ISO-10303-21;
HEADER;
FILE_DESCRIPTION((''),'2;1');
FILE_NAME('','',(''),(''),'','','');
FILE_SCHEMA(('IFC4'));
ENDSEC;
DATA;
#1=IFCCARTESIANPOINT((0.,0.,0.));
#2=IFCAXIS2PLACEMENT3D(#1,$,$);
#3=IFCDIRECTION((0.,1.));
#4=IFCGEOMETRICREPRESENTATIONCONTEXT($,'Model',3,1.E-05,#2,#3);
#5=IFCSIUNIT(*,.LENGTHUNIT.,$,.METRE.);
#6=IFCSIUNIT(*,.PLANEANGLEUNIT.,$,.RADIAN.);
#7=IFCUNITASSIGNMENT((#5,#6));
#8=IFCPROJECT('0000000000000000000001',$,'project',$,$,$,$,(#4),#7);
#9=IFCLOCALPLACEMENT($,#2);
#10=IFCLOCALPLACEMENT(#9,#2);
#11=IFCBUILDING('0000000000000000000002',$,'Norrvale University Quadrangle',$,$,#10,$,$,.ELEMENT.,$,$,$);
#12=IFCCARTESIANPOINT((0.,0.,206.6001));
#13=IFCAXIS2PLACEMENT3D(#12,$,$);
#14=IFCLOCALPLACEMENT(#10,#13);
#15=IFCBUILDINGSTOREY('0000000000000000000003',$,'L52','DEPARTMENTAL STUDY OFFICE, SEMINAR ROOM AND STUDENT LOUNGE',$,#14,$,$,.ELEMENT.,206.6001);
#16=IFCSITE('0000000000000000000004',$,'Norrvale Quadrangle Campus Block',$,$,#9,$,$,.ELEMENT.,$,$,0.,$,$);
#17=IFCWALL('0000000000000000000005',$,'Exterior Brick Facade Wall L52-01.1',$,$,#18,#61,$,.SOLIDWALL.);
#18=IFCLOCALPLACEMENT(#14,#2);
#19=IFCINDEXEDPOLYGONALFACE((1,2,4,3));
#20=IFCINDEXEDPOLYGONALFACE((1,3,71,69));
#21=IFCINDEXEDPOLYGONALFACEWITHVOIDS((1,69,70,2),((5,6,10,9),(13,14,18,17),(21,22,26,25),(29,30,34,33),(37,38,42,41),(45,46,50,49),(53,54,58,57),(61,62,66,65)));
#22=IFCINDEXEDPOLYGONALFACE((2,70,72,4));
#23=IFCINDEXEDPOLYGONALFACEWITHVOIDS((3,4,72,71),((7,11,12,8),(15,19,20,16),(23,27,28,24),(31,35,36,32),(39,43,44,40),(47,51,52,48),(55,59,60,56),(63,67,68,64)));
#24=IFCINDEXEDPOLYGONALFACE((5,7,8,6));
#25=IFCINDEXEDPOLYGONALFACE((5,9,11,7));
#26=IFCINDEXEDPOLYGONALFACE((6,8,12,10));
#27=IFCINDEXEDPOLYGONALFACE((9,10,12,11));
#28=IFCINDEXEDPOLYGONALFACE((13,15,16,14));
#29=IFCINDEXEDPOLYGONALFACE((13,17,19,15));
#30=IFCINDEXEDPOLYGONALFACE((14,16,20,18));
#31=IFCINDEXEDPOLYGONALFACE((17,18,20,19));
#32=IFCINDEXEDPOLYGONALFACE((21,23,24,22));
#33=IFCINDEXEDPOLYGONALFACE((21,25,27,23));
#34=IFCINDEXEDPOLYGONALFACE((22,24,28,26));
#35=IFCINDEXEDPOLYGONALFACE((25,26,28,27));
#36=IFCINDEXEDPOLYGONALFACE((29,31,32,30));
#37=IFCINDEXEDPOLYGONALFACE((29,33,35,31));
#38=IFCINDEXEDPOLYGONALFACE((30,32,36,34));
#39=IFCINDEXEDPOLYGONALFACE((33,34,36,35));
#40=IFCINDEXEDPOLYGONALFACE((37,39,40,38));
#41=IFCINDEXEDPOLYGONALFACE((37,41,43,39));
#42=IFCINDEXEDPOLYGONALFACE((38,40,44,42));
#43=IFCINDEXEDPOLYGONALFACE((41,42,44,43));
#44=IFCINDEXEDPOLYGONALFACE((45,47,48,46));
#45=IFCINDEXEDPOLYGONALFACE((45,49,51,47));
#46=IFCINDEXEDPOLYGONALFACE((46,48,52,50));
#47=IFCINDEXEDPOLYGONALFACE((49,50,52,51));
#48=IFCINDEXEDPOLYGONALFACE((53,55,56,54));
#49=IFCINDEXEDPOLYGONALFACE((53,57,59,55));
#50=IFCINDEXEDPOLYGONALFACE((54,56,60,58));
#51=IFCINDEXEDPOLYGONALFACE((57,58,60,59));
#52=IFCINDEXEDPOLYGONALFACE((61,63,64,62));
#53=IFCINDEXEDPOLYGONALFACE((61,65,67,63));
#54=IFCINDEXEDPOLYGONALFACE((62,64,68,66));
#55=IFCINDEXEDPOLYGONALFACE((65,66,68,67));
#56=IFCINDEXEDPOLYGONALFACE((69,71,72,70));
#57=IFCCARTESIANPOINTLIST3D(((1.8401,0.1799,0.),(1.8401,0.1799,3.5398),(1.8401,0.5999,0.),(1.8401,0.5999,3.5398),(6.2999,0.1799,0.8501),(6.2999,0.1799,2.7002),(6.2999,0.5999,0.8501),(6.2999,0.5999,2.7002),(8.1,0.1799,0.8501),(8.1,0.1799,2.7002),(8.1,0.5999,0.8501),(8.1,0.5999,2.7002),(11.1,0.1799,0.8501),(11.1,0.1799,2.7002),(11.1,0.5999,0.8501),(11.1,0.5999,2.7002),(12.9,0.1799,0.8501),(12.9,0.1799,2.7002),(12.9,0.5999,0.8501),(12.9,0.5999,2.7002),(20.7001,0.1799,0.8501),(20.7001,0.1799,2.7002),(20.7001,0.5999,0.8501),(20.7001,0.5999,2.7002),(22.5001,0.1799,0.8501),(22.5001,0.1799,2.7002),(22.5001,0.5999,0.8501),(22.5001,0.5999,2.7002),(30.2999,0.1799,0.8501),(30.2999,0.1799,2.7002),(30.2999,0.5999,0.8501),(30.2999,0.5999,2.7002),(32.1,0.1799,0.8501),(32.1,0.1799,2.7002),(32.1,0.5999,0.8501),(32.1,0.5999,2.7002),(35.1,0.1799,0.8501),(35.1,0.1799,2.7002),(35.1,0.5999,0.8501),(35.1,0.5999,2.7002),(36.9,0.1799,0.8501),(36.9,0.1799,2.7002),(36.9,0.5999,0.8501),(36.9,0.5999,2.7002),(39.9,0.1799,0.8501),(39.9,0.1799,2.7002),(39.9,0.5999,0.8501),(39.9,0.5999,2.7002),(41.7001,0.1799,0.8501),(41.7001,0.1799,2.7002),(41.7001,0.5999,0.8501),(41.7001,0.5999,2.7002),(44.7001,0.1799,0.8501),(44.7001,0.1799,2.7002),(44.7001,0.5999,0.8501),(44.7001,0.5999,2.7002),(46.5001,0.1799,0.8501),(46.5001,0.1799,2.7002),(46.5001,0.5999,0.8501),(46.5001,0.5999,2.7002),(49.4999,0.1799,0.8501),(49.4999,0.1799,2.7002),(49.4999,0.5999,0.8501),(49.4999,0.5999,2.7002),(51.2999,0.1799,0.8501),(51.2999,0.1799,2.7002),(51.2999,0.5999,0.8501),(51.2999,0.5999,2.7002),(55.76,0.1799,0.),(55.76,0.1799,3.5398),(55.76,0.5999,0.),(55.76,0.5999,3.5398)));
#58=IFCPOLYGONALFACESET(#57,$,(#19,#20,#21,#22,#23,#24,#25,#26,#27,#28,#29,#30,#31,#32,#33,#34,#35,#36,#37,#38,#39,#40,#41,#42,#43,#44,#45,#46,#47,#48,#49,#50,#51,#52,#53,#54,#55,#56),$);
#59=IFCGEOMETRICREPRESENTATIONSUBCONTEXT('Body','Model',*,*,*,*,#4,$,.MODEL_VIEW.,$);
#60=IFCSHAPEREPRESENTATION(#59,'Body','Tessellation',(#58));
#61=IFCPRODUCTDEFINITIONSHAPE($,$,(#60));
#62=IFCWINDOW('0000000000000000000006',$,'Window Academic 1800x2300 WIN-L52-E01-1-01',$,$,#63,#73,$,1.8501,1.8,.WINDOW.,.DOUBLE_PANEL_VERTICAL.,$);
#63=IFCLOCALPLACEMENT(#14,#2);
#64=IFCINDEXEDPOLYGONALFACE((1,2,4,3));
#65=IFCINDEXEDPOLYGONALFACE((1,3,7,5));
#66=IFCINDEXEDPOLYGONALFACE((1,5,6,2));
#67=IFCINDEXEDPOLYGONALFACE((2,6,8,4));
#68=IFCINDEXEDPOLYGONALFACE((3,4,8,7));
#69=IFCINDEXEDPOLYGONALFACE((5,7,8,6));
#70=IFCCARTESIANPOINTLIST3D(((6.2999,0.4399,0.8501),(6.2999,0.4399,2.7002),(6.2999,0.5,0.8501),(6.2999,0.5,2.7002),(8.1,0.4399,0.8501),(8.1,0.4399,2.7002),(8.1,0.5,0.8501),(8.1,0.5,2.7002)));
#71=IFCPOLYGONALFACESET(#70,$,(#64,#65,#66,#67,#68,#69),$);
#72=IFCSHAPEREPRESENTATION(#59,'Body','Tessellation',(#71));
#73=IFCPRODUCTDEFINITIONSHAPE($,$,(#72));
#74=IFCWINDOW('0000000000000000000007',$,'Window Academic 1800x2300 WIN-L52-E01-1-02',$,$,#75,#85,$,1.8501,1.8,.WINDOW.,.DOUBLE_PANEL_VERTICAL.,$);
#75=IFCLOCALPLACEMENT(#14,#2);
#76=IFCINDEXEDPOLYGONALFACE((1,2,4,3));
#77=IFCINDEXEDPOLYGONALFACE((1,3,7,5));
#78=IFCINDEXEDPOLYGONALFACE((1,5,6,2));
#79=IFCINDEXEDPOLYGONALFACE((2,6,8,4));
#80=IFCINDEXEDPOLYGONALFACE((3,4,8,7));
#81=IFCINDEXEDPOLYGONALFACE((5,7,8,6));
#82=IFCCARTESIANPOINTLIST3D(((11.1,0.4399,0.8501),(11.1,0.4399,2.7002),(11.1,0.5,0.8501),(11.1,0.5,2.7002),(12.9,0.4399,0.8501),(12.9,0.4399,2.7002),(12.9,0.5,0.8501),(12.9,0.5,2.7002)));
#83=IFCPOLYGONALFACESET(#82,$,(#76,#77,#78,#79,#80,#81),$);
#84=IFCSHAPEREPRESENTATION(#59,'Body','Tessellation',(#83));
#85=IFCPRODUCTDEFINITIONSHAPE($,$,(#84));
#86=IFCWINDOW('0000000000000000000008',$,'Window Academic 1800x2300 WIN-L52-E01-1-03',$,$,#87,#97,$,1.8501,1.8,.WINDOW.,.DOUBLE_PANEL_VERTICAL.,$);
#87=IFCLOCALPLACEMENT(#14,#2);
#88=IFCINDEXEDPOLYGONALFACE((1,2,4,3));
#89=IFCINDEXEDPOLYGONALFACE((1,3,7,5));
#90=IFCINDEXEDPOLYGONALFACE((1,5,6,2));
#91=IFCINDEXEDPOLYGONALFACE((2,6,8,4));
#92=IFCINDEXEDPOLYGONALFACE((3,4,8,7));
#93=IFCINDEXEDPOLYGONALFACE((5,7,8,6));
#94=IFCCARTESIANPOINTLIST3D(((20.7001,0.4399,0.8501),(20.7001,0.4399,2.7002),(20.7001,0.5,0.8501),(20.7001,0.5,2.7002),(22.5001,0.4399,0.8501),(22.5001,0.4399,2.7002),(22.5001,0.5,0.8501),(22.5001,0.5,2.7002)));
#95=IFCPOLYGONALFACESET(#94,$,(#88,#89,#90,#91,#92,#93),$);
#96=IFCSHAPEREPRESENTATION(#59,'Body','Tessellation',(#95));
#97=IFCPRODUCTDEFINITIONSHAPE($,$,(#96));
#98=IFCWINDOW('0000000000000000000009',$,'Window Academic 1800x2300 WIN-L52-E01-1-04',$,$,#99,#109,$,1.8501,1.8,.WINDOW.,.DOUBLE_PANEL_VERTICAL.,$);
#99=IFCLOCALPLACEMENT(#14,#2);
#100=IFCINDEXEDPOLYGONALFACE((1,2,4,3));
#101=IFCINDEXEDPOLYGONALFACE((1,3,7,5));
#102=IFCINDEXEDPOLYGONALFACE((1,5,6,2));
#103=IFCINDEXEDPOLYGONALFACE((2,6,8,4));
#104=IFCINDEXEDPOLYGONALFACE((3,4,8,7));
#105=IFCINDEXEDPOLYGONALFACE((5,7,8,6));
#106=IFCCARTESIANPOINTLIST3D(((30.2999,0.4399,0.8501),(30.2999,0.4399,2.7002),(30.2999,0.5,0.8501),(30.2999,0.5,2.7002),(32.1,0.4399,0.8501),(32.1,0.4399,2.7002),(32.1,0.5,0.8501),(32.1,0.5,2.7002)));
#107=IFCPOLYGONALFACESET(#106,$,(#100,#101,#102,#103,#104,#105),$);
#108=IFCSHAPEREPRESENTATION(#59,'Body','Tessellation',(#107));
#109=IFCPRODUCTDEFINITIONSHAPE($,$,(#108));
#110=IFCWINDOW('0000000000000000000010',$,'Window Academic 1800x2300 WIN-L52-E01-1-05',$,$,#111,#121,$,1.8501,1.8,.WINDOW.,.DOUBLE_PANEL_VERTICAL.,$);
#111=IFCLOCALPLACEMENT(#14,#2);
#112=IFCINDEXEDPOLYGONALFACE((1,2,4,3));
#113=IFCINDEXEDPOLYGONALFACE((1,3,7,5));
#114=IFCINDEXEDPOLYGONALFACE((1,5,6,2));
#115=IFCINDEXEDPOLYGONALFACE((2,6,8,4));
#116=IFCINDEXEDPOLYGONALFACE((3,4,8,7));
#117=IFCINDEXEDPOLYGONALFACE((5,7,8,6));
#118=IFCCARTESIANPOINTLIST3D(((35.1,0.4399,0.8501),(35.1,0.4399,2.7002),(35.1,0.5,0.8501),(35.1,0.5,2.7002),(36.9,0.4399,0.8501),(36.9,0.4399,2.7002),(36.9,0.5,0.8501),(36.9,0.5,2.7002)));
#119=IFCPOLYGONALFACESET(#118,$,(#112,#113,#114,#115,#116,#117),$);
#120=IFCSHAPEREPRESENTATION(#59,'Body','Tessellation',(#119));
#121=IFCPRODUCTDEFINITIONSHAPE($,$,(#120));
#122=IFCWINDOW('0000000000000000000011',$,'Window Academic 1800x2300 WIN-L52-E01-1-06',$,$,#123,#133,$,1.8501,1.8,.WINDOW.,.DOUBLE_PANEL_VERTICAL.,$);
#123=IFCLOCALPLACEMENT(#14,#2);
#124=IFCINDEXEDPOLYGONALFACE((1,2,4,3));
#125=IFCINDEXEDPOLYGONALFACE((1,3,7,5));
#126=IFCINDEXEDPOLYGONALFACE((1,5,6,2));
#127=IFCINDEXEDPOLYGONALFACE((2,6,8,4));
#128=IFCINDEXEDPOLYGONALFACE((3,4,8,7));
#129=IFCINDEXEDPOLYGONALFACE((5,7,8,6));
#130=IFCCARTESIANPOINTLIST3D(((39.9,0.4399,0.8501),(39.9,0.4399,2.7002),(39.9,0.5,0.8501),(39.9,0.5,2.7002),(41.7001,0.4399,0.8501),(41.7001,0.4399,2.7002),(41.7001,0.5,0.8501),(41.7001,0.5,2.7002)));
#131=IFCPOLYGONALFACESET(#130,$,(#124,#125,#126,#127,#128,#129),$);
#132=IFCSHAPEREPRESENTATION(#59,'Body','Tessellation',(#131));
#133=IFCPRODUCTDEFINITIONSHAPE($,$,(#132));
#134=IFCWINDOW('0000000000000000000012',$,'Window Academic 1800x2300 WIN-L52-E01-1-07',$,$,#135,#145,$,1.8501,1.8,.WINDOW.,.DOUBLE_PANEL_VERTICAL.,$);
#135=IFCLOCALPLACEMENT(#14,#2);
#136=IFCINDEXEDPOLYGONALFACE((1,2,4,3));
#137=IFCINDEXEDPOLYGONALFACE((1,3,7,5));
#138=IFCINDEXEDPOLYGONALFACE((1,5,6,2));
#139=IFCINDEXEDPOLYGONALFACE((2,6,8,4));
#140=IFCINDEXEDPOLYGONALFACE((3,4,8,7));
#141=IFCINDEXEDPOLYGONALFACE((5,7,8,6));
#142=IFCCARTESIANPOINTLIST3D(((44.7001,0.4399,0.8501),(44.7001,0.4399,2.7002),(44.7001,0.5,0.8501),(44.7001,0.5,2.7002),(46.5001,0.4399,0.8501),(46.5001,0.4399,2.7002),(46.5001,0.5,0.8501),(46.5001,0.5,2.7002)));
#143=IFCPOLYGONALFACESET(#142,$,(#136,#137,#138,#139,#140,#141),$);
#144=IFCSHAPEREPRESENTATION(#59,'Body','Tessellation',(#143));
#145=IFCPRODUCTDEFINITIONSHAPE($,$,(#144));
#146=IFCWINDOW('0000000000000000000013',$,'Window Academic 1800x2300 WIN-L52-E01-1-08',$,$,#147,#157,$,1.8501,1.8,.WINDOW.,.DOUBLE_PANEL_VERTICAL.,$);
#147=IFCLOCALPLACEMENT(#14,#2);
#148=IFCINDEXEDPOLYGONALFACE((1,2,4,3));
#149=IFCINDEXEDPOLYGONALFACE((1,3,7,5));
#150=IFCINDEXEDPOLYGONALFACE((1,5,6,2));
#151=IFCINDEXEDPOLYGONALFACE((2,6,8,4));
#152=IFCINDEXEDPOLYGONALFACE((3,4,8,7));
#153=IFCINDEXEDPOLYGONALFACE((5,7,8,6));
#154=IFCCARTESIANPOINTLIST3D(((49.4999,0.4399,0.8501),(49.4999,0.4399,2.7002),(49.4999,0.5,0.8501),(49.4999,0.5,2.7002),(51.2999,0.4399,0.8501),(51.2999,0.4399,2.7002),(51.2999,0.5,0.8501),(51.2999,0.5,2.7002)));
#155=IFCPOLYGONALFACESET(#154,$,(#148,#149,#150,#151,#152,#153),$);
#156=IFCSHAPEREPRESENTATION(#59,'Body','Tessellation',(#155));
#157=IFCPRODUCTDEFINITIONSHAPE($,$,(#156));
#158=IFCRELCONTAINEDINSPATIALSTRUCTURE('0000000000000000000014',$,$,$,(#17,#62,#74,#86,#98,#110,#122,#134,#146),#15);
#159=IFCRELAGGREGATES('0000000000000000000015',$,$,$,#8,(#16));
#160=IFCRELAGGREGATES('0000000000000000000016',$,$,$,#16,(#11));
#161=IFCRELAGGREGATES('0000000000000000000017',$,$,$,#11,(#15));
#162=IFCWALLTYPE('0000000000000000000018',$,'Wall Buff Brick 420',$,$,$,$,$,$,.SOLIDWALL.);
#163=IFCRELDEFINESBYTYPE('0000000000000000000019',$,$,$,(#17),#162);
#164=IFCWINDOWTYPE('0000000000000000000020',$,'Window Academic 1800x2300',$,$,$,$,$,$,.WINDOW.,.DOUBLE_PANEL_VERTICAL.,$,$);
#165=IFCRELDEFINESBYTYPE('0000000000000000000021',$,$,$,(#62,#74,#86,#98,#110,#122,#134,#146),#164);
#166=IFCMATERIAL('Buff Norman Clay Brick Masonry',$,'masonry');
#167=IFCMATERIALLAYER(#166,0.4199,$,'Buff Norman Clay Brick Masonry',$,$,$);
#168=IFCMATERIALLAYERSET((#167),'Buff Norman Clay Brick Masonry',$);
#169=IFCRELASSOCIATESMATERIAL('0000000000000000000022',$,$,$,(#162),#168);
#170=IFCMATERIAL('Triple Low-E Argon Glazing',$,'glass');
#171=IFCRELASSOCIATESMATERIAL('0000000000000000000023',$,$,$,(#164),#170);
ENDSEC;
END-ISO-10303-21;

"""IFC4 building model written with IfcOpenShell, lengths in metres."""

from ifc_helpers import new_model, si_unit, direction, frame, frame_2d, origin, place, context, subcontext, project, spatial, rectangle, extrude, material, layer, layer_set, type_object, element, fill, save


model = new_model("IFC4")

# Units and contexts
model_context = context("Model", 3, precision=1e-05, world=origin(), true_north=direction((0.0, 1.0)))
body_context = subcontext(model_context, "Body", "Model", "MODEL_VIEW")
ifc_project = project(units=[si_unit("LENGTHUNIT", "METRE"), si_unit("PLANEANGLEUNIT", "RADIAN")], contexts=[model_context])

# Site, building, storey
site_placement = place(None, origin())
site = spatial("IfcSite", under=ifc_project, at=site_placement, Name="Norrvale Quadrangle Campus Block", CompositionType="ELEMENT", RefElevation=0.0)
building_placement = place(site_placement, origin())
building = spatial("IfcBuilding", under=site, at=building_placement, Name="Norrvale University Quadrangle", CompositionType="ELEMENT")
storey_placement = place(building_placement, frame((0.0, 0.0, 206.6001)))
storey = spatial("IfcBuildingStorey", under=building, at=storey_placement, Name="L52", Description="DEPARTMENTAL STUDY OFFICE, SEMINAR ROOM AND STUDENT LOUNGE", CompositionType="ELEMENT", Elevation=206.6001)

# Wall, openings, windows
ifc_material_1 = material(Name="Buff Norman Clay Brick Masonry", Category="masonry")
ifc_layer_1 = layer(ifc_material_1, 0.4199, Name="Buff Norman Clay Brick Masonry")
ifc_layer_set_1 = layer_set([ifc_layer_1], Name="Buff Norman Clay Brick Masonry")
wall_type_1 = type_object("IfcWallType", Name="Wall Buff Brick 420", PredefinedType="SOLIDWALL", material=ifc_layer_set_1)
wall_1_placement = place(storey_placement, frame((1.8401, 0.3899, 0.0), z_axis=(0.0, 0.0, 1.0), x_axis=(1.0, 0.0, 0.0)))
wall_1 = element("IfcWall", 1, at=wall_1_placement, inside=storey, type_object=wall_type_1, Name="Exterior Brick Facade Wall L52-01.1", PredefinedType="SOLIDWALL", context=body_context, shape_type="SweptSolid", body=[
    extrude(rectangle(XDim=53.9199, YDim=0.4199, at=frame_2d((26.96, 0.0))), origin(), (0.0, 0.0, 1.0), 3.5398),
])
opening_1_placement = place(wall_1_placement, frame((4.46, 0.0, 0.8501)))
opening_1 = element("IfcOpeningElement", 2, at=opening_1_placement, cuts=wall_1, PredefinedType="OPENING", context=body_context, shape_type="SweptSolid", body=[
    extrude(rectangle(XDim=1.8, YDim=1.8501, at=frame_2d((0.8999, 0.925))), frame((0.0, 0.2219, 0.0), z_axis=(0.0, -1.0, 0.0), x_axis=(1.0, 0.0, 0.0)), (0.0, 0.0, 1.0), 0.4438),
])
opening_2_placement = place(wall_1_placement, frame((9.26, 0.0, 0.8501)))
opening_2 = element("IfcOpeningElement", 3, at=opening_2_placement, cuts=wall_1, PredefinedType="OPENING", context=body_context, shape_type="SweptSolid", body=[
    extrude(rectangle(XDim=1.8, YDim=1.8501, at=frame_2d((0.8999, 0.925))), frame((0.0, 0.2219, 0.0), z_axis=(0.0, -1.0, 0.0), x_axis=(1.0, 0.0, 0.0)), (0.0, 0.0, 1.0), 0.4438),
])
opening_3_placement = place(wall_1_placement, frame((18.8601, 0.0, 0.8501)))
opening_3 = element("IfcOpeningElement", 4, at=opening_3_placement, cuts=wall_1, PredefinedType="OPENING", context=body_context, shape_type="SweptSolid", body=[
    extrude(rectangle(XDim=1.8, YDim=1.8501, at=frame_2d((0.8999, 0.925))), frame((0.0, 0.2219, 0.0), z_axis=(0.0, -1.0, 0.0), x_axis=(1.0, 0.0, 0.0)), (0.0, 0.0, 1.0), 0.4438),
])
opening_4_placement = place(wall_1_placement, frame((28.46, 0.0, 0.8501)))
opening_4 = element("IfcOpeningElement", 5, at=opening_4_placement, cuts=wall_1, PredefinedType="OPENING", context=body_context, shape_type="SweptSolid", body=[
    extrude(rectangle(XDim=1.8, YDim=1.8501, at=frame_2d((0.8999, 0.925))), frame((0.0, 0.2219, 0.0), z_axis=(0.0, -1.0, 0.0), x_axis=(1.0, 0.0, 0.0)), (0.0, 0.0, 1.0), 0.4438),
])
opening_5_placement = place(wall_1_placement, frame((33.26, 0.0, 0.8501)))
opening_5 = element("IfcOpeningElement", 6, at=opening_5_placement, cuts=wall_1, PredefinedType="OPENING", context=body_context, shape_type="SweptSolid", body=[
    extrude(rectangle(XDim=1.8, YDim=1.8501, at=frame_2d((0.8999, 0.925))), frame((0.0, 0.2219, 0.0), z_axis=(0.0, -1.0, 0.0), x_axis=(1.0, 0.0, 0.0)), (0.0, 0.0, 1.0), 0.4438),
])
opening_6_placement = place(wall_1_placement, frame((38.0601, 0.0, 0.8501)))
opening_6 = element("IfcOpeningElement", 7, at=opening_6_placement, cuts=wall_1, PredefinedType="OPENING", context=body_context, shape_type="SweptSolid", body=[
    extrude(rectangle(XDim=1.8, YDim=1.8501, at=frame_2d((0.8999, 0.925))), frame((0.0, 0.2219, 0.0), z_axis=(0.0, -1.0, 0.0), x_axis=(1.0, 0.0, 0.0)), (0.0, 0.0, 1.0), 0.4438),
])
opening_7_placement = place(wall_1_placement, frame((42.8601, 0.0, 0.8501)))
opening_7 = element("IfcOpeningElement", 8, at=opening_7_placement, cuts=wall_1, PredefinedType="OPENING", context=body_context, shape_type="SweptSolid", body=[
    extrude(rectangle(XDim=1.8, YDim=1.8501, at=frame_2d((0.8999, 0.925))), frame((0.0, 0.2219, 0.0), z_axis=(0.0, -1.0, 0.0), x_axis=(1.0, 0.0, 0.0)), (0.0, 0.0, 1.0), 0.4438),
])
opening_8_placement = place(wall_1_placement, frame((47.6599, 0.0, 0.8501)))
opening_8 = element("IfcOpeningElement", 9, at=opening_8_placement, cuts=wall_1, PredefinedType="OPENING", context=body_context, shape_type="SweptSolid", body=[
    extrude(rectangle(XDim=1.8, YDim=1.8501, at=frame_2d((0.8999, 0.925))), frame((0.0, 0.2219, 0.0), z_axis=(0.0, -1.0, 0.0), x_axis=(1.0, 0.0, 0.0)), (0.0, 0.0, 1.0), 0.4438),
])
ifc_material_2 = material(Name="Triple Low-E Argon Glazing", Category="glass")
window_type = type_object("IfcWindowType", Name="Window Academic 1800x2300", PartitioningType="DOUBLE_PANEL_VERTICAL", PredefinedType="WINDOW", material=ifc_material_2)
window_1_placement = place(opening_1_placement, origin())
window_1 = element("IfcWindow", 10, at=window_1_placement, inside=storey, type_object=window_type, Name="Window Academic 1800x2300 WIN-L52-E01-1-01", OverallHeight=1.8501, OverallWidth=1.8, PartitioningType="DOUBLE_PANEL_VERTICAL", PredefinedType="WINDOW", context=body_context, shape_type="SweptSolid", body=[
    extrude(rectangle(XDim=1.8, YDim=1.8501, at=frame_2d((0.8999, 0.925))), frame((0.0, 0.1101, 0.0), z_axis=(0.0, -1.0, 0.0), x_axis=(1.0, 0.0, 0.0)), (0.0, 0.0, 1.0), 0.0601),
])
fill(opening_1, window_1)
window_2_placement = place(opening_2_placement, origin())
window_2 = element("IfcWindow", 11, at=window_2_placement, inside=storey, type_object=window_type, Name="Window Academic 1800x2300 WIN-L52-E01-1-02", OverallHeight=1.8501, OverallWidth=1.8, PartitioningType="DOUBLE_PANEL_VERTICAL", PredefinedType="WINDOW", context=body_context, shape_type="SweptSolid", body=[
    extrude(rectangle(XDim=1.8, YDim=1.8501, at=frame_2d((0.8999, 0.925))), frame((0.0, 0.1101, 0.0), z_axis=(0.0, -1.0, 0.0), x_axis=(1.0, 0.0, 0.0)), (0.0, 0.0, 1.0), 0.0601),
])
fill(opening_2, window_2)
window_3_placement = place(opening_3_placement, origin())
window_3 = element("IfcWindow", 12, at=window_3_placement, inside=storey, type_object=window_type, Name="Window Academic 1800x2300 WIN-L52-E01-1-03", OverallHeight=1.8501, OverallWidth=1.8, PartitioningType="DOUBLE_PANEL_VERTICAL", PredefinedType="WINDOW", context=body_context, shape_type="SweptSolid", body=[
    extrude(rectangle(XDim=1.8, YDim=1.8501, at=frame_2d((0.8999, 0.925))), frame((0.0, 0.1101, 0.0), z_axis=(0.0, -1.0, 0.0), x_axis=(1.0, 0.0, 0.0)), (0.0, 0.0, 1.0), 0.0601),
])
fill(opening_3, window_3)
window_4_placement = place(opening_4_placement, origin())
window_4 = element("IfcWindow", 13, at=window_4_placement, inside=storey, type_object=window_type, Name="Window Academic 1800x2300 WIN-L52-E01-1-04", OverallHeight=1.8501, OverallWidth=1.8, PartitioningType="DOUBLE_PANEL_VERTICAL", PredefinedType="WINDOW", context=body_context, shape_type="SweptSolid", body=[
    extrude(rectangle(XDim=1.8, YDim=1.8501, at=frame_2d((0.8999, 0.925))), frame((0.0, 0.1101, 0.0), z_axis=(0.0, -1.0, 0.0), x_axis=(1.0, 0.0, 0.0)), (0.0, 0.0, 1.0), 0.0601),
])
fill(opening_4, window_4)
window_5_placement = place(opening_5_placement, origin())
window_5 = element("IfcWindow", 14, at=window_5_placement, inside=storey, type_object=window_type, Name="Window Academic 1800x2300 WIN-L52-E01-1-05", OverallHeight=1.8501, OverallWidth=1.8, PartitioningType="DOUBLE_PANEL_VERTICAL", PredefinedType="WINDOW", context=body_context, shape_type="SweptSolid", body=[
    extrude(rectangle(XDim=1.8, YDim=1.8501, at=frame_2d((0.8999, 0.925))), frame((0.0, 0.1101, 0.0), z_axis=(0.0, -1.0, 0.0), x_axis=(1.0, 0.0, 0.0)), (0.0, 0.0, 1.0), 0.0601),
])
fill(opening_5, window_5)
window_6_placement = place(opening_6_placement, origin())
window_6 = element("IfcWindow", 15, at=window_6_placement, inside=storey, type_object=window_type, Name="Window Academic 1800x2300 WIN-L52-E01-1-06", OverallHeight=1.8501, OverallWidth=1.8, PartitioningType="DOUBLE_PANEL_VERTICAL", PredefinedType="WINDOW", context=body_context, shape_type="SweptSolid", body=[
    extrude(rectangle(XDim=1.8, YDim=1.8501, at=frame_2d((0.8999, 0.925))), frame((0.0, 0.1101, 0.0), z_axis=(0.0, -1.0, 0.0), x_axis=(1.0, 0.0, 0.0)), (0.0, 0.0, 1.0), 0.0601),
])
fill(opening_6, window_6)
window_7_placement = place(opening_7_placement, origin())
window_7 = element("IfcWindow", 16, at=window_7_placement, inside=storey, type_object=window_type, Name="Window Academic 1800x2300 WIN-L52-E01-1-07", OverallHeight=1.8501, OverallWidth=1.8, PartitioningType="DOUBLE_PANEL_VERTICAL", PredefinedType="WINDOW", context=body_context, shape_type="SweptSolid", body=[
    extrude(rectangle(XDim=1.8, YDim=1.8501, at=frame_2d((0.8999, 0.925))), frame((0.0, 0.1101, 0.0), z_axis=(0.0, -1.0, 0.0), x_axis=(1.0, 0.0, 0.0)), (0.0, 0.0, 1.0), 0.0601),
])
fill(opening_7, window_7)
window_8_placement = place(opening_8_placement, origin())
window_8 = element("IfcWindow", 17, at=window_8_placement, inside=storey, type_object=window_type, Name="Window Academic 1800x2300 WIN-L52-E01-1-08", OverallHeight=1.8501, OverallWidth=1.8, PartitioningType="DOUBLE_PANEL_VERTICAL", PredefinedType="WINDOW", context=body_context, shape_type="SweptSolid", body=[
    extrude(rectangle(XDim=1.8, YDim=1.8501, at=frame_2d((0.8999, 0.925))), frame((0.0, 0.1101, 0.0), z_axis=(0.0, -1.0, 0.0), x_axis=(1.0, 0.0, 0.0)), (0.0, 0.0, 1.0), 0.0601),
])
fill(opening_8, window_8)

save(model, "model.ifc")
